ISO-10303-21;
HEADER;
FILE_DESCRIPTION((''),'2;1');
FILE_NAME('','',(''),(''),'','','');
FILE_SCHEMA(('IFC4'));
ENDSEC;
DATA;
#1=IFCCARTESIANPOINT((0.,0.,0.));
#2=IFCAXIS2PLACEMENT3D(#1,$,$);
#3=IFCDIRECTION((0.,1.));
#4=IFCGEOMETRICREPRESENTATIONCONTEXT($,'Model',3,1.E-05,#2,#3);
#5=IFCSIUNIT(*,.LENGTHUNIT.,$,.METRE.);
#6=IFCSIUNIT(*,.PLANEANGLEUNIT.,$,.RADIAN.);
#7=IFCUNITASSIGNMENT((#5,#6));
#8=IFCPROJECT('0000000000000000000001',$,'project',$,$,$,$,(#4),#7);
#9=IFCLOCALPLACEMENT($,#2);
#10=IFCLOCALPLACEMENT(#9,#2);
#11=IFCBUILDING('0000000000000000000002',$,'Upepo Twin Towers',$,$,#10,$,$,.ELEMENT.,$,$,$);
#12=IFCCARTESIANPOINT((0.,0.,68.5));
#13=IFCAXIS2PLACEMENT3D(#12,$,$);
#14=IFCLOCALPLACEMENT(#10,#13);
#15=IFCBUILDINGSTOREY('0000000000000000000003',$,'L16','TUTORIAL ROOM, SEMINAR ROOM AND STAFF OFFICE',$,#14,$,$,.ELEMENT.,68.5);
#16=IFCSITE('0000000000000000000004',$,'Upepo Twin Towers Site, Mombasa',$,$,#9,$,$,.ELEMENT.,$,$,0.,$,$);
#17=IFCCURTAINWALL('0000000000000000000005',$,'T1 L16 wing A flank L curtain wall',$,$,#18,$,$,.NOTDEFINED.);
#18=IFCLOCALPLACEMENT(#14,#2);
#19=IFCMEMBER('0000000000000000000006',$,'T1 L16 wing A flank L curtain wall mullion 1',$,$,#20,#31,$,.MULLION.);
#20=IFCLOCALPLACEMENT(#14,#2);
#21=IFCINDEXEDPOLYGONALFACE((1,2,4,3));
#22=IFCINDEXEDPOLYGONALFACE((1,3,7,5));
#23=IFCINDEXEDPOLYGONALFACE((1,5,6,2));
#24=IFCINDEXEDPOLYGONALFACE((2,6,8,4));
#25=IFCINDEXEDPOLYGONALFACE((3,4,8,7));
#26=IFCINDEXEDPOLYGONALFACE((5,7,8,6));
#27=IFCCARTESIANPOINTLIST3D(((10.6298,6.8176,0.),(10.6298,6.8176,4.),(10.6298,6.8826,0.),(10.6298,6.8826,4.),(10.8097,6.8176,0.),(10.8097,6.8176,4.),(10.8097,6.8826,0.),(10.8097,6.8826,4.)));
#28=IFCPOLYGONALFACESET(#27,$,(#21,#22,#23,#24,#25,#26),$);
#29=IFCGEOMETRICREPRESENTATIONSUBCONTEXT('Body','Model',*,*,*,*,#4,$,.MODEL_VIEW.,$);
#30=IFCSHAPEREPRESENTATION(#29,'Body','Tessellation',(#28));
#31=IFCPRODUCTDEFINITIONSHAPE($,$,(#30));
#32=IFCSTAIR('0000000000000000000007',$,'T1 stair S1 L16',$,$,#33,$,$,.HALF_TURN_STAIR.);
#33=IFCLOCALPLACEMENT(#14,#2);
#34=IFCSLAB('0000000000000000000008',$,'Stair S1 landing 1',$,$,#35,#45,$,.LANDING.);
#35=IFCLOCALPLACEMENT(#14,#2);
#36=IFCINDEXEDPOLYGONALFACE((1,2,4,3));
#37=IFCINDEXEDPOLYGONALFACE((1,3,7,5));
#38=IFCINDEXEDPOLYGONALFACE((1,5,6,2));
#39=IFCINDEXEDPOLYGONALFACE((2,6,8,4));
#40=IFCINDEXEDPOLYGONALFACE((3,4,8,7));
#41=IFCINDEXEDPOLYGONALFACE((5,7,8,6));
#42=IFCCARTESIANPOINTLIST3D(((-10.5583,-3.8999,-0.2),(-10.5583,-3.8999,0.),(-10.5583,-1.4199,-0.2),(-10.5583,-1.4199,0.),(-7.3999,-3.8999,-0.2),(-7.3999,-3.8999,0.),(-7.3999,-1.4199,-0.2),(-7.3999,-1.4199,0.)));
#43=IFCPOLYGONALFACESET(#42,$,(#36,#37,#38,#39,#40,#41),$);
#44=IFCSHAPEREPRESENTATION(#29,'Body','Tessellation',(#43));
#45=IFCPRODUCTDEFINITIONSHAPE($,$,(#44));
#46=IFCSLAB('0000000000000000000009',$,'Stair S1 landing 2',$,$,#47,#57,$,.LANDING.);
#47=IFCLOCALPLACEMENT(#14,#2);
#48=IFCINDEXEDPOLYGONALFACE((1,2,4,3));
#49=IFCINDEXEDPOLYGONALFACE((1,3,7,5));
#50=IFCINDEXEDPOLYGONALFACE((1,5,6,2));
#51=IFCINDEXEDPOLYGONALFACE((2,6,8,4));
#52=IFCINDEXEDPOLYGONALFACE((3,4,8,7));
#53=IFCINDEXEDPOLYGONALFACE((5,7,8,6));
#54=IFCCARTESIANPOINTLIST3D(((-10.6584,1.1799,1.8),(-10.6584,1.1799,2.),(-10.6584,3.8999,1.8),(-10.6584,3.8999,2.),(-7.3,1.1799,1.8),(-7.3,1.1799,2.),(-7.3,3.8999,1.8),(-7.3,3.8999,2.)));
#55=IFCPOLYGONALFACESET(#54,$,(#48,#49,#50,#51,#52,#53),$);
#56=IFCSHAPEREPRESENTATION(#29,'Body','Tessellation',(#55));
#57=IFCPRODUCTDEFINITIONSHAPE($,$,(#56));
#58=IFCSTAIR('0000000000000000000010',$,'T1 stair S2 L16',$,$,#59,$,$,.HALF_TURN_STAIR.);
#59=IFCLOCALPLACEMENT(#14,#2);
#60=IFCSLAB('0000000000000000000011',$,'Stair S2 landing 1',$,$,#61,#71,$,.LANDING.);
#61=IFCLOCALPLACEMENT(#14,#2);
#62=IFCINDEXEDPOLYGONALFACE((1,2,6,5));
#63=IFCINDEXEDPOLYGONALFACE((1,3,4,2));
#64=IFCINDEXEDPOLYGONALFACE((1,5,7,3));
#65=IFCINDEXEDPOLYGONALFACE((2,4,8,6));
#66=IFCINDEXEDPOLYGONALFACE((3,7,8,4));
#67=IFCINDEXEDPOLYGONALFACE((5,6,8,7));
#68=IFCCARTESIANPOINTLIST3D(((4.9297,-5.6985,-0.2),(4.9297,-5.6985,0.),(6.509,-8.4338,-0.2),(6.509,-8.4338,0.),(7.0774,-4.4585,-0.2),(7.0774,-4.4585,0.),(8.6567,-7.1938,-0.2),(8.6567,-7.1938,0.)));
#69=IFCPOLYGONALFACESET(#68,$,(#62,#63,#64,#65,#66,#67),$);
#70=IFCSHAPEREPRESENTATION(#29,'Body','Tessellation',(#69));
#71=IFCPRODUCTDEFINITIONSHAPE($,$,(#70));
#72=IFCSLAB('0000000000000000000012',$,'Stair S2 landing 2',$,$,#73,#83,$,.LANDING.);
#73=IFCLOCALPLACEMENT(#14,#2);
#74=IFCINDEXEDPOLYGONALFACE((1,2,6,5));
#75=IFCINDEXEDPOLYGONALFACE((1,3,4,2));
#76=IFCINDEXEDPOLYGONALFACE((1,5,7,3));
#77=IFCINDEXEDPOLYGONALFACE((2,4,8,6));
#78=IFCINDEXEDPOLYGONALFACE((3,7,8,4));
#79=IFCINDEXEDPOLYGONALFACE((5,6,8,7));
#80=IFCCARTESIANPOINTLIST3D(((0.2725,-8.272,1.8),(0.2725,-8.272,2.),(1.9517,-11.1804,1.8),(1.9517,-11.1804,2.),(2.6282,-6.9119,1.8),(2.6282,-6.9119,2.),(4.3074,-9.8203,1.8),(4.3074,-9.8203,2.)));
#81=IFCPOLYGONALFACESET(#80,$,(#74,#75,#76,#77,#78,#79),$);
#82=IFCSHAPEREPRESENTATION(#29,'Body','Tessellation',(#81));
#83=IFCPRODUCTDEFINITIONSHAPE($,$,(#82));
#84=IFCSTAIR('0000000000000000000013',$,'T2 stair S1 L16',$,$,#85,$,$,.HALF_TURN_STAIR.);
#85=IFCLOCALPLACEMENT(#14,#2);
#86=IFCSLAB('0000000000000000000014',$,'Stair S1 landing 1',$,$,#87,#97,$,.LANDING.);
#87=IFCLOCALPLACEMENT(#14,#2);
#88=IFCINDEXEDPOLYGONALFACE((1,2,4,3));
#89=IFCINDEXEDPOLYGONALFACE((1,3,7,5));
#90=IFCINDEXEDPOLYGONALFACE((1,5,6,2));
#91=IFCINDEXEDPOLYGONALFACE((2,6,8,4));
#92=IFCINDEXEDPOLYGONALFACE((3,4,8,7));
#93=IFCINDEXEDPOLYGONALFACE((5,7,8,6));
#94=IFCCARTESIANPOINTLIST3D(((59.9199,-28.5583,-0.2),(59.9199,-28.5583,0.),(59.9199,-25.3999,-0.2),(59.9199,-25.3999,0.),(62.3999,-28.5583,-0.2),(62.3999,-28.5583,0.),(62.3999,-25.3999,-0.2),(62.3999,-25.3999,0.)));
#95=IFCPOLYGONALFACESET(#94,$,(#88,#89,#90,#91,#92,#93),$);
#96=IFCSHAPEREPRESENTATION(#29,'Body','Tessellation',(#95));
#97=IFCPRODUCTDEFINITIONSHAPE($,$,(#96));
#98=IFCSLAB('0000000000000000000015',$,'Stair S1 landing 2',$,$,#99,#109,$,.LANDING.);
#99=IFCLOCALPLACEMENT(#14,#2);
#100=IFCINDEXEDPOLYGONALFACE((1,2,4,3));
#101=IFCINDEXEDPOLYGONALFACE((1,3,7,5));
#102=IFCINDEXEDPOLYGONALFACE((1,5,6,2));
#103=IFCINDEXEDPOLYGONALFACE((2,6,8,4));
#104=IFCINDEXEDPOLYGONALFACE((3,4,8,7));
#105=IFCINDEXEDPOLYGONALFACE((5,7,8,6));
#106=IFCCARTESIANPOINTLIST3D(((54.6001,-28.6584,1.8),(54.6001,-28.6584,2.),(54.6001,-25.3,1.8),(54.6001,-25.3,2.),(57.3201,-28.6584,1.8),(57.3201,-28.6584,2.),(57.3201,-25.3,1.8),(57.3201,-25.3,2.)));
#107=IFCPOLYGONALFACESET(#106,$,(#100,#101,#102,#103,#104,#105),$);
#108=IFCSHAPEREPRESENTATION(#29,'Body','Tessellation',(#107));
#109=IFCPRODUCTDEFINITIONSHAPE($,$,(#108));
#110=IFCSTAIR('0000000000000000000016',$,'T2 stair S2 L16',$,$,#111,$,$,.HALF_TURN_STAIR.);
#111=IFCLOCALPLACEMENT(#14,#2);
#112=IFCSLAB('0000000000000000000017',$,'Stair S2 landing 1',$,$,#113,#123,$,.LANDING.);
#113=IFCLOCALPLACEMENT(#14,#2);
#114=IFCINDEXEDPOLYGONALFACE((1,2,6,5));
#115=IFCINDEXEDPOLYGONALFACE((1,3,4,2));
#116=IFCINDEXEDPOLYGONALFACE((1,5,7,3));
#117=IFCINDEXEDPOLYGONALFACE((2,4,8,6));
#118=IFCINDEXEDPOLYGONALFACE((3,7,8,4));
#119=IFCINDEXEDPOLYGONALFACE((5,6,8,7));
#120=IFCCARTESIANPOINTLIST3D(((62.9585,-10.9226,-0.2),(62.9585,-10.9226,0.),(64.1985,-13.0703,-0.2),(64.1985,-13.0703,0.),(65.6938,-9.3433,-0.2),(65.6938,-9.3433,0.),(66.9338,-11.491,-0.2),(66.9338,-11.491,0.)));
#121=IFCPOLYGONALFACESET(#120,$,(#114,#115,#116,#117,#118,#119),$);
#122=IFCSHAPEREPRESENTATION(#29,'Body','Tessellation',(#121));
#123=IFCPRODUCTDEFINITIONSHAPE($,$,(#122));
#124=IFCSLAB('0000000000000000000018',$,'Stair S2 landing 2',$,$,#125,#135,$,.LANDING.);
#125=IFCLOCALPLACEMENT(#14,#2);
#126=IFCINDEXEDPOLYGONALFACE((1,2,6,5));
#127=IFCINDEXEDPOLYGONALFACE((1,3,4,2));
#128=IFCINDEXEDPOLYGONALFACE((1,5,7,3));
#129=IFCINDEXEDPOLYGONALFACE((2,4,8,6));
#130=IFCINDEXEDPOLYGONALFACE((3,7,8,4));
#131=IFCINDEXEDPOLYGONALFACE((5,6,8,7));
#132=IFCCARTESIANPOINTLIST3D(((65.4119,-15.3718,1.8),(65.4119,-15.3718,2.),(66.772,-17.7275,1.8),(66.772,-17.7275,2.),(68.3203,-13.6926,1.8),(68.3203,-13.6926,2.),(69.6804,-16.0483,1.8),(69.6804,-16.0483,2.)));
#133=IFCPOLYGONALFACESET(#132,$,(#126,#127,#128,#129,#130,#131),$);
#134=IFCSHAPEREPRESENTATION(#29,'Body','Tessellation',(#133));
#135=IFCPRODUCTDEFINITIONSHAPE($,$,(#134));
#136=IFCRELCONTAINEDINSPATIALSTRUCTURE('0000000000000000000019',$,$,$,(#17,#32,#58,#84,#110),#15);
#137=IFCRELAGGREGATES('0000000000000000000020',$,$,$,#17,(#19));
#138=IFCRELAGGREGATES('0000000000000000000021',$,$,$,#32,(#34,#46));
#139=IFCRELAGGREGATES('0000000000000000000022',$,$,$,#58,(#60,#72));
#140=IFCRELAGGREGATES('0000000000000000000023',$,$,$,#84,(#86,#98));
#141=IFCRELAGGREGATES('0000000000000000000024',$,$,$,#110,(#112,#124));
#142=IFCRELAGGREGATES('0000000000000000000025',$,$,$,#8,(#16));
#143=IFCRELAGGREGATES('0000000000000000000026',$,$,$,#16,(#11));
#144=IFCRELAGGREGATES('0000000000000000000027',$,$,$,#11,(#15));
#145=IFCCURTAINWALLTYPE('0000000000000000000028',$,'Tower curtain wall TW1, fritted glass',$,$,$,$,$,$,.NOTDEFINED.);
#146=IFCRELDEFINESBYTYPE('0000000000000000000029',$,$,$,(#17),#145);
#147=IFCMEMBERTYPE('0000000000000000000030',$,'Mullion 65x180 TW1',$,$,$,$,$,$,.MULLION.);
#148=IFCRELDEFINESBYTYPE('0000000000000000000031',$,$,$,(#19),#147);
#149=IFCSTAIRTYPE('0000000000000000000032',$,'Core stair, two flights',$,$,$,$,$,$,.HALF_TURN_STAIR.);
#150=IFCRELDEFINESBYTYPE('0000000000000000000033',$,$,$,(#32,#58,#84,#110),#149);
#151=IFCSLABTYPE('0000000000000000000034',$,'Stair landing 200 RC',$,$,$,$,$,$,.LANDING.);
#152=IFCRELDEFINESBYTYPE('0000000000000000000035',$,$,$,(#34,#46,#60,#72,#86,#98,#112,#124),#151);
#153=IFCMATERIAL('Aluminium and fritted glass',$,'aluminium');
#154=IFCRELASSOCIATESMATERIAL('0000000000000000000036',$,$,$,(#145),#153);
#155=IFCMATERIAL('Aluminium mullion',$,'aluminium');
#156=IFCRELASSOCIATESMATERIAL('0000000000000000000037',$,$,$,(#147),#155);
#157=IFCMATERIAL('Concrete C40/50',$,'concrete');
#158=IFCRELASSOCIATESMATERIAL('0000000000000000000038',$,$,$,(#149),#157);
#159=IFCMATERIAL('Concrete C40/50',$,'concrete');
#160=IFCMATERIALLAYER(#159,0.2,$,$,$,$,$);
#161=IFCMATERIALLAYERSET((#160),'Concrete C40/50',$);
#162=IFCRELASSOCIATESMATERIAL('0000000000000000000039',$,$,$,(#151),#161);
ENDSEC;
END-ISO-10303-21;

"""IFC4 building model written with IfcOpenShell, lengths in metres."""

from ifc_helpers import new_model, si_unit, direction, frame, origin, origin_2d, place, context, subcontext, project, spatial, polyline, rectangle, outline, extrude, material, layer, layer_set, material_profile, profile_set, type_object, element, aggregate, save


model = new_model("IFC4")

# Units and contexts
model_context = context("Model", 3, precision=1e-05, world=origin(), true_north=direction((0.0, 1.0)))
body_context = subcontext(model_context, "Body", "Model", "MODEL_VIEW")
ifc_project = project(units=[si_unit("LENGTHUNIT", "METRE"), si_unit("PLANEANGLEUNIT", "RADIAN")], contexts=[model_context])

# Site, building, storey
site_placement = place(None, origin())
site = spatial("IfcSite", under=ifc_project, at=site_placement, Name="Upepo Twin Towers Site, Mombasa", CompositionType="ELEMENT", RefElevation=0.0)
building_placement = place(site_placement, origin())
building = spatial("IfcBuilding", under=site, at=building_placement, Name="Upepo Twin Towers", CompositionType="ELEMENT")
storey_placement = place(building_placement, frame((0.0, 0.0, 68.5)))
storey = spatial("IfcBuildingStorey", under=building, at=storey_placement, Name="L16", Description="TUTORIAL ROOM, SEMINAR ROOM AND STAFF OFFICE", CompositionType="ELEMENT", Elevation=68.5)

# Curtain wall, member
ifc_material_1 = material(Name="Aluminium and fritted glass", Category="aluminium")
curtain_wall_type = type_object("IfcCurtainWallType", Name="Tower curtain wall TW1, fritted glass", PredefinedType="NOTDEFINED", material=ifc_material_1)
curtain_wall_placement = place(storey_placement, origin())
curtain_wall = element("IfcCurtainWall", 1, at=curtain_wall_placement, inside=storey, type_object=curtain_wall_type, Name="T1 L16 wing A flank L curtain wall", PredefinedType="NOTDEFINED")
ifc_material_2 = material(Name="Aluminium mullion", Category="aluminium")
ifc_material_profile = material_profile(ifc_material_2, rectangle(XDim=0.0649, YDim=0.1799, at=origin_2d()), Name="MULLION 65x180")
ifc_profile_set = profile_set([ifc_material_profile], Name="Aluminium mullion")
member_type = type_object("IfcMemberType", Name="Mullion 65x180 TW1", PredefinedType="MULLION", material=ifc_profile_set)
member_placement = place(storey_placement, frame((10.7197, 6.8501, 0.0), z_axis=(0.0, 0.0, 1.0), x_axis=(0.0, 1.0, 0.0)))
member = element("IfcMember", 2, at=member_placement, type_object=member_type, Name="T1 L16 wing A flank L curtain wall mullion 1", PredefinedType="MULLION", context=body_context, shape_type="SweptSolid", body=[
    extrude(rectangle(XDim=0.0649, YDim=0.1799, at=origin_2d()), origin(), (0.0, 0.0, 1.0), 4.0),
])
aggregate(curtain_wall, [member])

# Stairs, slabs
ifc_material_3 = material(Name="Concrete C40/50", Category="concrete")
stair_type = type_object("IfcStairType", Name="Core stair, two flights", PredefinedType="HALF_TURN_STAIR", material=ifc_material_3)
stair_1_placement = place(storey_placement, origin())
stair_1 = element("IfcStair", 3, at=stair_1_placement, inside=storey, type_object=stair_type, Name="T1 stair S1 L16", PredefinedType="HALF_TURN_STAIR")
ifc_material_4 = material(Name="Concrete C40/50", Category="concrete")
ifc_layer_1 = layer(ifc_material_4, 0.2)
ifc_layer_set_1 = layer_set([ifc_layer_1], Name="Concrete C40/50")
slab_type_1 = type_object("IfcSlabType", Name="Stair landing 200 RC", PredefinedType="LANDING", material=ifc_layer_set_1)
slab_1_placement = place(storey_placement, frame((0.0, 0.0, -0.2)))
slab_1 = element("IfcSlab", 4, at=slab_1_placement, type_object=slab_type_1, Name="Stair S1 landing 1", PredefinedType="LANDING", context=body_context, shape_type="SweptSolid", body=[
    extrude(outline(polyline([(-7.3999, -1.4199), (-10.5583, -1.4199), (-10.5583, -3.8999), (-7.3999, -3.8999), (-7.3999, -1.4199)])), origin(), (0.0, 0.0, 1.0), 0.2),
])
slab_2_placement = place(storey_placement, frame((0.0, 0.0, 1.8)))
slab_2 = element("IfcSlab", 5, at=slab_2_placement, type_object=slab_type_1, Name="Stair S1 landing 2", PredefinedType="LANDING", context=body_context, shape_type="SweptSolid", body=[
    extrude(outline(polyline([(-7.3, 3.8999), (-10.6584, 3.8999), (-10.6584, 1.1799), (-7.3, 1.1799), (-7.3, 3.8999)])), origin(), (0.0, 0.0, 1.0), 0.2),
])
aggregate(stair_1, [slab_1, slab_2])
stair_2_placement = place(storey_placement, origin())
stair_2 = element("IfcStair", 6, at=stair_2_placement, inside=storey, type_object=stair_type, Name="T1 stair S2 L16", PredefinedType="HALF_TURN_STAIR")
slab_3_placement = place(storey_placement, frame((0.0, 0.0, -0.2)))
slab_3 = element("IfcSlab", 7, at=slab_3_placement, type_object=slab_type_1, Name="Stair S2 landing 1", PredefinedType="LANDING", context=body_context, shape_type="SweptSolid", body=[
    extrude(outline(polyline([(4.9297, -5.6985), (6.509, -8.4338), (8.6567, -7.1938), (7.0774, -4.4585), (4.9297, -5.6985)])), origin(), (0.0, 0.0, 1.0), 0.2),
])
slab_4_placement = place(storey_placement, frame((0.0, 0.0, 1.8)))
slab_4 = element("IfcSlab", 8, at=slab_4_placement, type_object=slab_type_1, Name="Stair S2 landing 2", PredefinedType="LANDING", context=body_context, shape_type="SweptSolid", body=[
    extrude(outline(polyline([(0.2725, -8.272), (1.9517, -11.1804), (4.3074, -9.8203), (2.6282, -6.9119), (0.2725, -8.272)])), origin(), (0.0, 0.0, 1.0), 0.2),
])
aggregate(stair_2, [slab_3, slab_4])
stair_3_placement = place(storey_placement, origin())
stair_3 = element("IfcStair", 9, at=stair_3_placement, inside=storey, type_object=stair_type, Name="T2 stair S1 L16", PredefinedType="HALF_TURN_STAIR")
slab_5_placement = place(storey_placement, frame((0.0, 0.0, -0.2)))
slab_5 = element("IfcSlab", 10, at=slab_5_placement, type_object=slab_type_1, Name="Stair S1 landing 1", PredefinedType="LANDING", context=body_context, shape_type="SweptSolid", body=[
    extrude(outline(polyline([(59.9199, -25.3999), (59.9199, -28.5583), (62.3999, -28.5583), (62.3999, -25.3999), (59.9199, -25.3999)])), origin(), (0.0, 0.0, 1.0), 0.2),
])
slab_6_placement = place(storey_placement, frame((0.0, 0.0, 1.8)))
slab_6 = element("IfcSlab", 11, at=slab_6_placement, type_object=slab_type_1, Name="Stair S1 landing 2", PredefinedType="LANDING", context=body_context, shape_type="SweptSolid", body=[
    extrude(outline(polyline([(54.6001, -25.3), (54.6001, -28.6584), (57.3201, -28.6584), (57.3201, -25.3), (54.6001, -25.3)])), origin(), (0.0, 0.0, 1.0), 0.2),
])
aggregate(stair_3, [slab_5, slab_6])
stair_4_placement = place(storey_placement, origin())
stair_4 = element("IfcStair", 12, at=stair_4_placement, inside=storey, type_object=stair_type, Name="T2 stair S2 L16", PredefinedType="HALF_TURN_STAIR")
slab_7_placement = place(storey_placement, frame((0.0, 0.0, -0.2)))
slab_7 = element("IfcSlab", 13, at=slab_7_placement, type_object=slab_type_1, Name="Stair S2 landing 1", PredefinedType="LANDING", context=body_context, shape_type="SweptSolid", body=[
    extrude(outline(polyline([(64.1985, -13.0703), (66.9338, -11.491), (65.6938, -9.3433), (62.9585, -10.9226), (64.1985, -13.0703)])), origin(), (0.0, 0.0, 1.0), 0.2),
])
slab_8_placement = place(storey_placement, frame((0.0, 0.0, 1.8)))
slab_8 = element("IfcSlab", 14, at=slab_8_placement, type_object=slab_type_1, Name="Stair S2 landing 2", PredefinedType="LANDING", context=body_context, shape_type="SweptSolid", body=[
    extrude(outline(polyline([(66.772, -17.7275), (69.6804, -16.0483), (68.3203, -13.6926), (65.4119, -15.3718), (66.772, -17.7275)])), origin(), (0.0, 0.0, 1.0), 0.2),
])
aggregate(stair_4, [slab_7, slab_8])

save(model, "model.ifc")
